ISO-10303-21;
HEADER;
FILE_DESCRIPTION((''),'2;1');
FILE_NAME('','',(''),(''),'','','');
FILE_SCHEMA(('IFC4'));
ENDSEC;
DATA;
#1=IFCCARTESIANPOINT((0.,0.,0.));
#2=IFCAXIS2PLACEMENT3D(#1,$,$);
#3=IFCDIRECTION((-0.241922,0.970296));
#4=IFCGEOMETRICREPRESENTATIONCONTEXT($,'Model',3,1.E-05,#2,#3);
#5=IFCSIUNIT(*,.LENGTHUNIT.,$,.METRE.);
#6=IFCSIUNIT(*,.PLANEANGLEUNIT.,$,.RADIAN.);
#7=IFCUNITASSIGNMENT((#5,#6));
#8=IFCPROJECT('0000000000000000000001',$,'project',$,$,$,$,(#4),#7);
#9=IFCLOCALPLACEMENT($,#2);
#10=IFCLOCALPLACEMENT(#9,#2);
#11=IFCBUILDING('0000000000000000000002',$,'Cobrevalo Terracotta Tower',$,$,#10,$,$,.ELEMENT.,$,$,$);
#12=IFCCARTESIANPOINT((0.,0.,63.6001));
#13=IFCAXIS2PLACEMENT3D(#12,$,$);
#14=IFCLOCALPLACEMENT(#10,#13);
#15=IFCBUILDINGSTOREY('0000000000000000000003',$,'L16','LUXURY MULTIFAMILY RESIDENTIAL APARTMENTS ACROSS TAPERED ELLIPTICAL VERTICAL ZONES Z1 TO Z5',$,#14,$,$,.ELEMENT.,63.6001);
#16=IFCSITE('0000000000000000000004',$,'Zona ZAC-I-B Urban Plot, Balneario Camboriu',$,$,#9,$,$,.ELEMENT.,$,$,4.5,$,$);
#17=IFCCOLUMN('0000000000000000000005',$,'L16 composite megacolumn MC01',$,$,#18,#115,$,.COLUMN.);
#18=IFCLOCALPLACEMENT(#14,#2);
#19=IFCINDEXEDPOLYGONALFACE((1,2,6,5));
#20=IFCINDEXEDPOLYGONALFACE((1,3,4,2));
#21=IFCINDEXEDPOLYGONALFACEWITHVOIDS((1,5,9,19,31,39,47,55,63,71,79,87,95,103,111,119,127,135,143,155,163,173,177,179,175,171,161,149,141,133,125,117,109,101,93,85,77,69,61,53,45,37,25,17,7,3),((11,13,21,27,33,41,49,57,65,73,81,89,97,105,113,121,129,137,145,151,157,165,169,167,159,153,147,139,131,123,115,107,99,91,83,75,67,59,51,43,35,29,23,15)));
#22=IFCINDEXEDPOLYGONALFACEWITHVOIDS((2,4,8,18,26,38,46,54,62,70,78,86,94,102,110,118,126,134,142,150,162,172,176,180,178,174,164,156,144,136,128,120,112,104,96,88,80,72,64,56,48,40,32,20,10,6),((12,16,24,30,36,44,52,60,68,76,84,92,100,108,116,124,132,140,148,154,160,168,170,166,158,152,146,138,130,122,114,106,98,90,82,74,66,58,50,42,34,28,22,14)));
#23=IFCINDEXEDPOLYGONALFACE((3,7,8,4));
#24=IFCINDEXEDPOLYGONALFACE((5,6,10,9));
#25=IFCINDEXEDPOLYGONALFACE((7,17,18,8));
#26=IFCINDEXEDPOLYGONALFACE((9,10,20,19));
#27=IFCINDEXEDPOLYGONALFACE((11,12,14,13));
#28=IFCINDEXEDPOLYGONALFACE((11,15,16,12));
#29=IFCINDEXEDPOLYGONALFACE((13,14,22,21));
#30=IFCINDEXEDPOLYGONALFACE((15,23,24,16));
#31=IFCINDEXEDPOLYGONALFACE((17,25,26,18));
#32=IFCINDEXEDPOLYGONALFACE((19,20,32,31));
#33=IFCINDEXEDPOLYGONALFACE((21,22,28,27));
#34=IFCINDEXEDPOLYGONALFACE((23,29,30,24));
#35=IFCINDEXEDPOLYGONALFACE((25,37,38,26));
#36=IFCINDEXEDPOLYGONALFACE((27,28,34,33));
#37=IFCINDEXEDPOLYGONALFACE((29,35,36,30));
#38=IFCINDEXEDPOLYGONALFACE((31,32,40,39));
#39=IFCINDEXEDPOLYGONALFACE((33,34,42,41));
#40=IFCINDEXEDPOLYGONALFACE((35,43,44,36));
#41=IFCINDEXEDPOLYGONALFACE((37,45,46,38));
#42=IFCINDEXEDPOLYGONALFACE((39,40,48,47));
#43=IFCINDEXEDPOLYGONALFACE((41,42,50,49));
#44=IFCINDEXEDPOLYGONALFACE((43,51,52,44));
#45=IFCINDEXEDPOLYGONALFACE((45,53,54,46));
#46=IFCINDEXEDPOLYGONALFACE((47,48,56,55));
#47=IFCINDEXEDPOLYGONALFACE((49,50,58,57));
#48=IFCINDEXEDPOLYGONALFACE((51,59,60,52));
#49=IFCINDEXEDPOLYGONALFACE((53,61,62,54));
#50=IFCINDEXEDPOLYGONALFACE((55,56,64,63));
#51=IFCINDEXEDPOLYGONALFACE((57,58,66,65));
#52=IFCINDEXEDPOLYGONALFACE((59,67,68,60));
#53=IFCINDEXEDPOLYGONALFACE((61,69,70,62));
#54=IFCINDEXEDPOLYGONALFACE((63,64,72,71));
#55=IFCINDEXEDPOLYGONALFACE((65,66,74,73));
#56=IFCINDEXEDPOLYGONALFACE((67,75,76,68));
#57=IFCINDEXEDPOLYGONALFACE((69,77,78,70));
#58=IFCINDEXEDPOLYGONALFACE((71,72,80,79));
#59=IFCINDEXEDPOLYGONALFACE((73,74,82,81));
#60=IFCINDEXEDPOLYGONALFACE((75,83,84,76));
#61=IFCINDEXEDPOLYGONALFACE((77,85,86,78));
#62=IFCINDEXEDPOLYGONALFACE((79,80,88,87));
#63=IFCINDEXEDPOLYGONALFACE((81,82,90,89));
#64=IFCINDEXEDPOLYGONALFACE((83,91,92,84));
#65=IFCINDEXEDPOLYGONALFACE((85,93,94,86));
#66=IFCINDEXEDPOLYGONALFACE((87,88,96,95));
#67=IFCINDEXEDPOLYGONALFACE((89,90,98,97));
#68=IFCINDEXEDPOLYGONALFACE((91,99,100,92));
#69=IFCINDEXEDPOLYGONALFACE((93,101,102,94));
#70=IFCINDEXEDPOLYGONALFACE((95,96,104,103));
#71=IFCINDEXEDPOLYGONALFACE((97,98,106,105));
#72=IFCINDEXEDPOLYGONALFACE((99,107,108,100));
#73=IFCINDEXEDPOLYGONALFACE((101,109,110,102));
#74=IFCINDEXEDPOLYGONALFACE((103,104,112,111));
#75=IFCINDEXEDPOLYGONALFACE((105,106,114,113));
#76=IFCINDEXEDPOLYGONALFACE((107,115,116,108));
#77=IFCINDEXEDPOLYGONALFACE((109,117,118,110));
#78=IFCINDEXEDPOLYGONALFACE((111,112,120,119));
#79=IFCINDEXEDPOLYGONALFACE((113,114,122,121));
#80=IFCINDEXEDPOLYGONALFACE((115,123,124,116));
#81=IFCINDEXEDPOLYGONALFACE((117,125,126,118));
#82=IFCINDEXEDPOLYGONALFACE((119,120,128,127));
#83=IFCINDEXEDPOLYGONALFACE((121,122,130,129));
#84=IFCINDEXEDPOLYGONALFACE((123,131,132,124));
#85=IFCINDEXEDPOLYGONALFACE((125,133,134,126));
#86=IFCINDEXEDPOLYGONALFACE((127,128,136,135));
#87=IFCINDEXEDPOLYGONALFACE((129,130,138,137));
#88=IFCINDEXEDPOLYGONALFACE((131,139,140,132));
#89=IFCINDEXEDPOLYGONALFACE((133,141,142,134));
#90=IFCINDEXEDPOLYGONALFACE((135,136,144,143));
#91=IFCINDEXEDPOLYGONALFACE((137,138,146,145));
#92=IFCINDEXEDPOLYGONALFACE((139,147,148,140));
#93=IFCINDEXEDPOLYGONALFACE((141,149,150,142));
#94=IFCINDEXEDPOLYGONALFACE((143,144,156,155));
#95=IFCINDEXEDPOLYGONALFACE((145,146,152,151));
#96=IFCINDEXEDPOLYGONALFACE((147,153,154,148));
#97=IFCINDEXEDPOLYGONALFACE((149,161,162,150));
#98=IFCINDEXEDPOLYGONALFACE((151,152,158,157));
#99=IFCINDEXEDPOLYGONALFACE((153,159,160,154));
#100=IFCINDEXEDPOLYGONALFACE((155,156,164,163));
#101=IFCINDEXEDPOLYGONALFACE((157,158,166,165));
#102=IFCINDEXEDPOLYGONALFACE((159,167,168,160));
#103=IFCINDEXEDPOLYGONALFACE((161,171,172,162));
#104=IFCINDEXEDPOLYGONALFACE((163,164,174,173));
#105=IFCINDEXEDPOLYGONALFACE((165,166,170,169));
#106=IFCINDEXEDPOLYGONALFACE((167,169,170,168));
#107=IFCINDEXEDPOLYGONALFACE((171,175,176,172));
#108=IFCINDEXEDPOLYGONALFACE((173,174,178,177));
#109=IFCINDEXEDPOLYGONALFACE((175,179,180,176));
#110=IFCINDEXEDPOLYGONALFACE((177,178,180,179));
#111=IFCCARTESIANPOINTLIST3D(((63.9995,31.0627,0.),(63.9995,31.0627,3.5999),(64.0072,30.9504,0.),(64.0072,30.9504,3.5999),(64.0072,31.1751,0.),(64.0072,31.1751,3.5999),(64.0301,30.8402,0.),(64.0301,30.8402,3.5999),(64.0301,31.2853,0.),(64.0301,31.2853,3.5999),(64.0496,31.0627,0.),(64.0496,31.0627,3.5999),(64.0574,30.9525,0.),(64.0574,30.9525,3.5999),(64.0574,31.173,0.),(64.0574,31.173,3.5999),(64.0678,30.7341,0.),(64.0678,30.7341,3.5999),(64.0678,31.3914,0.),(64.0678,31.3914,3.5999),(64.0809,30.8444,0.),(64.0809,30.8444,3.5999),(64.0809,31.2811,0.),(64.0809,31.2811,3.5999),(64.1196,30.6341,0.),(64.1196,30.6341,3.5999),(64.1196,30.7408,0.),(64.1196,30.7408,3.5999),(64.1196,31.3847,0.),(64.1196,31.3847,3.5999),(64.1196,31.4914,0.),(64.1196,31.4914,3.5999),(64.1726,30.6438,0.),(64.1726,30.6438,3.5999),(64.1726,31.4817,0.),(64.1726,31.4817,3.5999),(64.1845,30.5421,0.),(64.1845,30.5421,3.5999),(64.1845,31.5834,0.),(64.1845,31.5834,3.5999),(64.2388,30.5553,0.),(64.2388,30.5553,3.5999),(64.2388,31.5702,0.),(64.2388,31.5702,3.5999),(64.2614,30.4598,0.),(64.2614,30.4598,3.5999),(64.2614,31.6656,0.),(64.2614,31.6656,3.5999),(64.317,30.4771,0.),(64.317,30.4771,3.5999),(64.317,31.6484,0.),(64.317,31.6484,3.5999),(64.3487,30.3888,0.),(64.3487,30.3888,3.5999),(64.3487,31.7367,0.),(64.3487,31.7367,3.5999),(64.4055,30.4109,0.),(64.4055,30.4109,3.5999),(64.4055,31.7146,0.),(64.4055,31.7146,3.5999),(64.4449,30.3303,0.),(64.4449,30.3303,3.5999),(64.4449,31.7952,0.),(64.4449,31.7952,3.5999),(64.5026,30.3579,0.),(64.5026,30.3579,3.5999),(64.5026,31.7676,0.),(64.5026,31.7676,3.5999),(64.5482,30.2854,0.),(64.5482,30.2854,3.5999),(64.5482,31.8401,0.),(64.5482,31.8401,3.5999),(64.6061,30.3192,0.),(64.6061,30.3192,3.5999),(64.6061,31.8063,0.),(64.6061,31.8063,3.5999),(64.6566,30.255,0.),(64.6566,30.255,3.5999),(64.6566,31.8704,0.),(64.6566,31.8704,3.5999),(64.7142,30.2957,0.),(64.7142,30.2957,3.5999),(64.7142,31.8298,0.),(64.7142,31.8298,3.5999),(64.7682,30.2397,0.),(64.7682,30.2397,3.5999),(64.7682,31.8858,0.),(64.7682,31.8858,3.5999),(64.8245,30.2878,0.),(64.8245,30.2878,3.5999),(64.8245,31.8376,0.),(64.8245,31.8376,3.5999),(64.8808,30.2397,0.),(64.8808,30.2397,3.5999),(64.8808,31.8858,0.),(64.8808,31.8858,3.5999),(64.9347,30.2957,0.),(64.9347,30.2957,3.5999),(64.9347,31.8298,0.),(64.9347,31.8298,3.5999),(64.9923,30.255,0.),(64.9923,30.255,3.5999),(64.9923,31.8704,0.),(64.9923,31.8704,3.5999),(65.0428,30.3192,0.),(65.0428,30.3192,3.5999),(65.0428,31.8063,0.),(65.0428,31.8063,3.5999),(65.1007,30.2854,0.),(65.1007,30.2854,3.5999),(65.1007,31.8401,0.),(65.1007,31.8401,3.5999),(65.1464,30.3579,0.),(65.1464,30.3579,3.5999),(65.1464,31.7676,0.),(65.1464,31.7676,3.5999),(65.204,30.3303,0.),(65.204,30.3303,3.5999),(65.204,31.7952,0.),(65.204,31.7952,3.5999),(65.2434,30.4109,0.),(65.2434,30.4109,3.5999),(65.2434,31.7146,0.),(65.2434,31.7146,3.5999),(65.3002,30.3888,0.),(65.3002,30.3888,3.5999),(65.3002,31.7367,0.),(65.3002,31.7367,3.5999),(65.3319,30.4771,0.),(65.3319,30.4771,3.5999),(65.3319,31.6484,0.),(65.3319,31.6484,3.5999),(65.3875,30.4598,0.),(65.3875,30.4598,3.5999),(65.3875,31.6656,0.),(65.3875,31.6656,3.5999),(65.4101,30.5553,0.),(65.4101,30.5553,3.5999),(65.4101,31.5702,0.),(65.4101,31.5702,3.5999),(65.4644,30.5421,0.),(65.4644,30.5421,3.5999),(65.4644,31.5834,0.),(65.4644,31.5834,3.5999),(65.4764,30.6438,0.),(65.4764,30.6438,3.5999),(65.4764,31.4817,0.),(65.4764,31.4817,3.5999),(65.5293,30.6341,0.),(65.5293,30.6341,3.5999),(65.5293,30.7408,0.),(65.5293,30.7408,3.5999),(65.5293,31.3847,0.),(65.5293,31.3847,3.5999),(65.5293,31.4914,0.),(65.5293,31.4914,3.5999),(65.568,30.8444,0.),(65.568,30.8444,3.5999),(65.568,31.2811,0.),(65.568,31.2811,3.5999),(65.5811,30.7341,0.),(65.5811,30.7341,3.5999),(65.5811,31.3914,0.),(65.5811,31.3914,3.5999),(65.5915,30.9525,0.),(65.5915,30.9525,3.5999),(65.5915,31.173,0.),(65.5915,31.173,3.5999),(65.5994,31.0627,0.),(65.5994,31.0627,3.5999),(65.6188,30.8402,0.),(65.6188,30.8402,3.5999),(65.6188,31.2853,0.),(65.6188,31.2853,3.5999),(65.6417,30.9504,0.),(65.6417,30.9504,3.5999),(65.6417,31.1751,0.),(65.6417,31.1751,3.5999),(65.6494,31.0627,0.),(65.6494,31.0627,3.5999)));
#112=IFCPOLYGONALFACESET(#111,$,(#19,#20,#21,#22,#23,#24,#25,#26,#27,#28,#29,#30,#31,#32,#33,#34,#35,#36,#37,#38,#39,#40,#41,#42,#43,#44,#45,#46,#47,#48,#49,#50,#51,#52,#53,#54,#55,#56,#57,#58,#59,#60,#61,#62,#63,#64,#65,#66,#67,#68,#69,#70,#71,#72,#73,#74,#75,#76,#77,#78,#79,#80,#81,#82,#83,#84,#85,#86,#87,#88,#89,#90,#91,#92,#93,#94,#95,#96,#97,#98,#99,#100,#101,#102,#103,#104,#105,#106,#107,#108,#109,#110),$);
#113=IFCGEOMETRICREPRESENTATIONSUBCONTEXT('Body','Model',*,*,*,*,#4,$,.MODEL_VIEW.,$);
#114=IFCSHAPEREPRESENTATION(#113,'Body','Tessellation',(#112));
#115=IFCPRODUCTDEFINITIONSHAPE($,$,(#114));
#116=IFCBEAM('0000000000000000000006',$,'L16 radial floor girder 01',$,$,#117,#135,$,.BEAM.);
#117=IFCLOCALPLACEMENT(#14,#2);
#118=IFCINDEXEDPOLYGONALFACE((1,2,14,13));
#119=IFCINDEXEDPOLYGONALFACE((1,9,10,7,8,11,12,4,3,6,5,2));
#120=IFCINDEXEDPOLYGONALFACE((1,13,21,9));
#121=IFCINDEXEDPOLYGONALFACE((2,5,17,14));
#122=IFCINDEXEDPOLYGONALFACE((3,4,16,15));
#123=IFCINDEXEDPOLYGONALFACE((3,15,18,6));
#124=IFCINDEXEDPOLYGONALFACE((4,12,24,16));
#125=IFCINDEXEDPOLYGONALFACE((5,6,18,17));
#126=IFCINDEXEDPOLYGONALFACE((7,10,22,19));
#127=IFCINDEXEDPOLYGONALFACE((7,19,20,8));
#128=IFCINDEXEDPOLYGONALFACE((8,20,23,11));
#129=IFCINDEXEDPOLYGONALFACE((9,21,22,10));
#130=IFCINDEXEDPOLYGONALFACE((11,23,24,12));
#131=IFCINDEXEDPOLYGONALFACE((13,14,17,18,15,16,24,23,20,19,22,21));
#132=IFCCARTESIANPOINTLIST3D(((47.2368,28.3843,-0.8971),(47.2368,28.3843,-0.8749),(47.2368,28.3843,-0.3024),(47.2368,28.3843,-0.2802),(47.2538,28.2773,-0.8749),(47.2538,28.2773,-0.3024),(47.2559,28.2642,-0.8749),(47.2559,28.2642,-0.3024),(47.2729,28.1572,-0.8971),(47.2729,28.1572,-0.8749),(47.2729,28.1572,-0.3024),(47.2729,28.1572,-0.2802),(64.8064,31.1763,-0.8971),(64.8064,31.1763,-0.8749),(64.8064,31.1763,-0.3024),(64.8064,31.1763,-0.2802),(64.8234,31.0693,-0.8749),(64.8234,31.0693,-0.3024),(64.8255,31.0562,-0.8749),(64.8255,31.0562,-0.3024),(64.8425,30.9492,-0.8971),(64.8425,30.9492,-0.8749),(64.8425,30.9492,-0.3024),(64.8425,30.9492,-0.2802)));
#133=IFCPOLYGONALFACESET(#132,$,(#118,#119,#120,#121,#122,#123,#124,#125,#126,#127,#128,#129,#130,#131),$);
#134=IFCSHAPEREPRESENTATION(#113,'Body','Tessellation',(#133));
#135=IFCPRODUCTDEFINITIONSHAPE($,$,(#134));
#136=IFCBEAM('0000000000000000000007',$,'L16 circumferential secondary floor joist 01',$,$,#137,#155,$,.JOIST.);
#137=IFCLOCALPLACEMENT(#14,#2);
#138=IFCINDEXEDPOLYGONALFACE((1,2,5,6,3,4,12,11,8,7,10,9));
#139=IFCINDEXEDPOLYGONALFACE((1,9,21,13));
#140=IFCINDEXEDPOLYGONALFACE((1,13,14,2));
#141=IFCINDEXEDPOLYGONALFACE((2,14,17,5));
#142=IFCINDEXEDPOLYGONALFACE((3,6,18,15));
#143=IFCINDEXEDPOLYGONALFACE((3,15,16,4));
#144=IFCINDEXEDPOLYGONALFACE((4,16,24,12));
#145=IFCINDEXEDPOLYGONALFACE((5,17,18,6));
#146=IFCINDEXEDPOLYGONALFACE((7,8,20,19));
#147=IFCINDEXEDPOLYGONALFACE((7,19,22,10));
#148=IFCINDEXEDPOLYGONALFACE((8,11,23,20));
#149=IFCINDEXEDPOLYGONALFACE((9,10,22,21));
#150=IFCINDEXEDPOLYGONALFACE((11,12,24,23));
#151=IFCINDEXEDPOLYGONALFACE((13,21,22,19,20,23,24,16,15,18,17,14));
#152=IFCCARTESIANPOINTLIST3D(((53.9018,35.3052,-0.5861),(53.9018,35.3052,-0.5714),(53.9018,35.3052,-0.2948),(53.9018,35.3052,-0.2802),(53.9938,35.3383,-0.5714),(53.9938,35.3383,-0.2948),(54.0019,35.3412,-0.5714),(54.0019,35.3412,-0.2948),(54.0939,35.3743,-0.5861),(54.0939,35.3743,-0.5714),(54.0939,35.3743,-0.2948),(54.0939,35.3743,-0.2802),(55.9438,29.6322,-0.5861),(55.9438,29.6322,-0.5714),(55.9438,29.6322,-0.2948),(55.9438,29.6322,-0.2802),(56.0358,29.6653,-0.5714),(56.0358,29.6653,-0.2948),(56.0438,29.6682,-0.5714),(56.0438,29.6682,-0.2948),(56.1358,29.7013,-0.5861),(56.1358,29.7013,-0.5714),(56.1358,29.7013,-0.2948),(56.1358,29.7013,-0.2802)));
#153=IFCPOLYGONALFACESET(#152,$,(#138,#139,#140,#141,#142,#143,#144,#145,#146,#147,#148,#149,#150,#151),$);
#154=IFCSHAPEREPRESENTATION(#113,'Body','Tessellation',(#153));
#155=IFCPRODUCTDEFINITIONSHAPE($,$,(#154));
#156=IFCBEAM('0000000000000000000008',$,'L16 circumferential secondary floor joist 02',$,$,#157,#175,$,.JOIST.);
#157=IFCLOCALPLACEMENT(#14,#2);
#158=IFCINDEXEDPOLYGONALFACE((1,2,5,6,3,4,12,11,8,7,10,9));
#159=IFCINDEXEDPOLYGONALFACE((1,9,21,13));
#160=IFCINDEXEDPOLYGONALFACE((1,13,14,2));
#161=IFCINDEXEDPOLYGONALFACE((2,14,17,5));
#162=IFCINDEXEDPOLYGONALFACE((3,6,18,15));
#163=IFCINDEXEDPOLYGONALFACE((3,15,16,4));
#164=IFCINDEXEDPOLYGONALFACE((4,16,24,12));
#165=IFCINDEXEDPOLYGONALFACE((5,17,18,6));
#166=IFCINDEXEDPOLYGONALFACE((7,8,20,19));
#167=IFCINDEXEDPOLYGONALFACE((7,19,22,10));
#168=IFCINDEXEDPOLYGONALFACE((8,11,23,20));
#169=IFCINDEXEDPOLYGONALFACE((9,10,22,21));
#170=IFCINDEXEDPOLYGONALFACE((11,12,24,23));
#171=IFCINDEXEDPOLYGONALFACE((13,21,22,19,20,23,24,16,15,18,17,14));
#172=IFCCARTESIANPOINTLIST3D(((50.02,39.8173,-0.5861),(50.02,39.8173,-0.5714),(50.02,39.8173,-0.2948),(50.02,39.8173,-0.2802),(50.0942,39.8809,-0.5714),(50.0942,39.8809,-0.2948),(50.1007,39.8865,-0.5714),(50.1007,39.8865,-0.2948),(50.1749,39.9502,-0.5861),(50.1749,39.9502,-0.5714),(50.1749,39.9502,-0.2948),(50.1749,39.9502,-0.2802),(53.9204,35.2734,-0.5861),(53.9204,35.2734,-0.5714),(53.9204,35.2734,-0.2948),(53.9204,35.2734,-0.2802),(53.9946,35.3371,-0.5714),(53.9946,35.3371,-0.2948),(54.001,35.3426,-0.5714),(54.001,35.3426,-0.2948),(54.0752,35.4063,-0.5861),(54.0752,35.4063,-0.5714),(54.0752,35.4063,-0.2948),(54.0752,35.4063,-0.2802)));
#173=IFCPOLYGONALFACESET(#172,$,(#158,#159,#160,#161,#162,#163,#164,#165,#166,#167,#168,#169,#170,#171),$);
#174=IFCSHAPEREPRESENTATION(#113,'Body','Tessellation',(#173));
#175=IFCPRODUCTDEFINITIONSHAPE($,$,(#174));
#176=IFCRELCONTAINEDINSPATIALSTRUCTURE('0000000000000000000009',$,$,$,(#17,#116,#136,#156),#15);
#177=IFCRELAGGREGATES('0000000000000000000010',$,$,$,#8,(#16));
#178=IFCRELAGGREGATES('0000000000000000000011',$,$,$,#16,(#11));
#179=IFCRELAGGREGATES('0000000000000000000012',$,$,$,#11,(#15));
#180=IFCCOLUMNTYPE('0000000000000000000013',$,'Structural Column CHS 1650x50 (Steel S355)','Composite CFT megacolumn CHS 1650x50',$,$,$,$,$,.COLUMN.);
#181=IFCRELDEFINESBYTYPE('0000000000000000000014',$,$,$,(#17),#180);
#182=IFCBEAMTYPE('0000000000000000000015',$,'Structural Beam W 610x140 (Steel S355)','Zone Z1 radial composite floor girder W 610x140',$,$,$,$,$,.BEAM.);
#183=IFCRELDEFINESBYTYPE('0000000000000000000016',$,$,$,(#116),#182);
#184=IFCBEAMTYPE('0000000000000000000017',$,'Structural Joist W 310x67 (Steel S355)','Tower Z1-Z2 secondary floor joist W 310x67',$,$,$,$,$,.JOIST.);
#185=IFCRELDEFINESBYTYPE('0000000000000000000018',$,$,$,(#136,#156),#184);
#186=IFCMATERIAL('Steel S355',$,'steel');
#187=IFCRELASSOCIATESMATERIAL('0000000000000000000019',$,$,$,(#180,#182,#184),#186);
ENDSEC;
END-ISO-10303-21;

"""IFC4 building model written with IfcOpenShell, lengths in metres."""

from ifc_helpers import new_model, si_unit, direction, frame, origin, origin_2d, place, context, subcontext, project, spatial, hollow_circle, i_section, extrude, material, material_profile, profile_set, type_object, element, save


model = new_model("IFC4")

# Units and contexts
model_context = context("Model", 3, precision=1e-05, world=origin(), true_north=direction((-0.241922, 0.970296)))
body_context = subcontext(model_context, "Body", "Model", "MODEL_VIEW")
ifc_project = project(units=[si_unit("LENGTHUNIT", "METRE"), si_unit("PLANEANGLEUNIT", "RADIAN")], contexts=[model_context])

# Site, building, storey
site_placement = place(None, origin())
site = spatial("IfcSite", under=ifc_project, at=site_placement, Name="Zona ZAC-I-B Urban Plot, Balneario Camboriu", CompositionType="ELEMENT", RefElevation=4.5)
building_placement = place(site_placement, origin())
building = spatial("IfcBuilding", under=site, at=building_placement, Name="Cobrevalo Terracotta Tower", CompositionType="ELEMENT")
storey_placement = place(building_placement, frame((0.0, 0.0, 63.6001)))
storey = spatial("IfcBuildingStorey", under=building, at=storey_placement, Name="L16", Description="LUXURY MULTIFAMILY RESIDENTIAL APARTMENTS ACROSS TAPERED ELLIPTICAL VERTICAL ZONES Z1 TO Z5", CompositionType="ELEMENT", Elevation=63.6001)

# Column
ifc_material_1 = material(Name="Steel S355", Category="steel")
ifc_material_profile_1 = material_profile(ifc_material_1, hollow_circle(Radius=0.825, WallThickness=0.05, at=origin_2d()), Name="CHS 1650x50")
ifc_profile_set_1 = profile_set([ifc_material_profile_1], Name="Steel S355")
column_type = type_object("IfcColumnType", Name="Structural Column CHS 1650x50 (Steel S355)", Description="Composite CFT megacolumn CHS 1650x50", PredefinedType="COLUMN", material=ifc_profile_set_1)
column_placement = place(storey_placement, frame((64.8245, 31.0627, 0.0), z_axis=(0.0, 0.0, 1.0), x_axis=(1.0, 0.0, 0.0)))
element("IfcColumn", 1, at=column_placement, inside=storey, type_object=column_type, Name="L16 composite megacolumn MC01", PredefinedType="COLUMN", context=body_context, shape_type="SweptSolid", body=[
    extrude(hollow_circle(Radius=0.825, WallThickness=0.05, at=origin_2d()), origin(), (0.0, 0.0, 1.0), 3.5999),
])

# Beams
ifc_material_profile_2 = material_profile(ifc_material_1, i_section(OverallWidth=0.23, OverallDepth=0.6169, WebThickness=0.0132, FlangeThickness=0.0222, at=origin_2d()), Name="W 610x140")
ifc_profile_set_2 = profile_set([ifc_material_profile_2], Name="Steel S355")
beam_type_1 = type_object("IfcBeamType", Name="Structural Beam W 610x140 (Steel S355)", Description="Zone Z1 radial composite floor girder W 610x140", PredefinedType="BEAM", material=ifc_profile_set_2)
beam_1_placement = place(storey_placement, frame((64.8245, 31.0627, -0.5886), z_axis=(-0.987608, -0.156941, 0.0), x_axis=(0.156941, -0.987608, 0.0)))
element("IfcBeam", 2, at=beam_1_placement, inside=storey, type_object=beam_type_1, Name="L16 radial floor girder 01", PredefinedType="BEAM", context=body_context, shape_type="SweptSolid", body=[
    extrude(i_section(OverallWidth=0.23, OverallDepth=0.6169, WebThickness=0.0132, FlangeThickness=0.0222, at=origin_2d()), origin(), (0.0, 0.0, 1.0), 17.79),
])
ifc_material_profile_3 = material_profile(ifc_material_1, i_section(OverallWidth=0.2041, OverallDepth=0.3059, WebThickness=0.0085, FlangeThickness=0.0146, at=origin_2d()), Name="W 310x67")
ifc_profile_set_3 = profile_set([ifc_material_profile_3], Name="Steel S355")
beam_type_2 = type_object("IfcBeamType", Name="Structural Joist W 310x67 (Steel S355)", Description="Tower Z1-Z2 secondary floor joist W 310x67", PredefinedType="JOIST", material=ifc_profile_set_3)
beam_2_placement = place(storey_placement, frame((56.0398, 29.6667, -0.4331), z_axis=(-0.338672, 0.940904, 0.0), x_axis=(-0.940904, -0.338672, 0.0)))
element("IfcBeam", 3, at=beam_2_placement, inside=storey, type_object=beam_type_2, Name="L16 circumferential secondary floor joist 01", PredefinedType="JOIST", context=body_context, shape_type="SweptSolid", body=[
    extrude(i_section(OverallWidth=0.2041, OverallDepth=0.3059, WebThickness=0.0085, FlangeThickness=0.0146, at=origin_2d()), origin(), (0.0, 0.0, 1.0), 6.0293),
])
beam_3_placement = place(storey_placement, frame((53.9978, 35.3398, -0.4331), z_axis=(-0.651328, 0.758796, 0.0), x_axis=(-0.758796, -0.651328, 0.0)))
element("IfcBeam", 4, at=beam_3_placement, inside=storey, type_object=beam_type_2, Name="L16 circumferential secondary floor joist 02", PredefinedType="JOIST", context=body_context, shape_type="SweptSolid", body=[
    extrude(i_section(OverallWidth=0.2041, OverallDepth=0.3059, WebThickness=0.0085, FlangeThickness=0.0146, at=origin_2d()), origin(), (0.0, 0.0, 1.0), 5.9883),
])

save(model, "model.ifc")
